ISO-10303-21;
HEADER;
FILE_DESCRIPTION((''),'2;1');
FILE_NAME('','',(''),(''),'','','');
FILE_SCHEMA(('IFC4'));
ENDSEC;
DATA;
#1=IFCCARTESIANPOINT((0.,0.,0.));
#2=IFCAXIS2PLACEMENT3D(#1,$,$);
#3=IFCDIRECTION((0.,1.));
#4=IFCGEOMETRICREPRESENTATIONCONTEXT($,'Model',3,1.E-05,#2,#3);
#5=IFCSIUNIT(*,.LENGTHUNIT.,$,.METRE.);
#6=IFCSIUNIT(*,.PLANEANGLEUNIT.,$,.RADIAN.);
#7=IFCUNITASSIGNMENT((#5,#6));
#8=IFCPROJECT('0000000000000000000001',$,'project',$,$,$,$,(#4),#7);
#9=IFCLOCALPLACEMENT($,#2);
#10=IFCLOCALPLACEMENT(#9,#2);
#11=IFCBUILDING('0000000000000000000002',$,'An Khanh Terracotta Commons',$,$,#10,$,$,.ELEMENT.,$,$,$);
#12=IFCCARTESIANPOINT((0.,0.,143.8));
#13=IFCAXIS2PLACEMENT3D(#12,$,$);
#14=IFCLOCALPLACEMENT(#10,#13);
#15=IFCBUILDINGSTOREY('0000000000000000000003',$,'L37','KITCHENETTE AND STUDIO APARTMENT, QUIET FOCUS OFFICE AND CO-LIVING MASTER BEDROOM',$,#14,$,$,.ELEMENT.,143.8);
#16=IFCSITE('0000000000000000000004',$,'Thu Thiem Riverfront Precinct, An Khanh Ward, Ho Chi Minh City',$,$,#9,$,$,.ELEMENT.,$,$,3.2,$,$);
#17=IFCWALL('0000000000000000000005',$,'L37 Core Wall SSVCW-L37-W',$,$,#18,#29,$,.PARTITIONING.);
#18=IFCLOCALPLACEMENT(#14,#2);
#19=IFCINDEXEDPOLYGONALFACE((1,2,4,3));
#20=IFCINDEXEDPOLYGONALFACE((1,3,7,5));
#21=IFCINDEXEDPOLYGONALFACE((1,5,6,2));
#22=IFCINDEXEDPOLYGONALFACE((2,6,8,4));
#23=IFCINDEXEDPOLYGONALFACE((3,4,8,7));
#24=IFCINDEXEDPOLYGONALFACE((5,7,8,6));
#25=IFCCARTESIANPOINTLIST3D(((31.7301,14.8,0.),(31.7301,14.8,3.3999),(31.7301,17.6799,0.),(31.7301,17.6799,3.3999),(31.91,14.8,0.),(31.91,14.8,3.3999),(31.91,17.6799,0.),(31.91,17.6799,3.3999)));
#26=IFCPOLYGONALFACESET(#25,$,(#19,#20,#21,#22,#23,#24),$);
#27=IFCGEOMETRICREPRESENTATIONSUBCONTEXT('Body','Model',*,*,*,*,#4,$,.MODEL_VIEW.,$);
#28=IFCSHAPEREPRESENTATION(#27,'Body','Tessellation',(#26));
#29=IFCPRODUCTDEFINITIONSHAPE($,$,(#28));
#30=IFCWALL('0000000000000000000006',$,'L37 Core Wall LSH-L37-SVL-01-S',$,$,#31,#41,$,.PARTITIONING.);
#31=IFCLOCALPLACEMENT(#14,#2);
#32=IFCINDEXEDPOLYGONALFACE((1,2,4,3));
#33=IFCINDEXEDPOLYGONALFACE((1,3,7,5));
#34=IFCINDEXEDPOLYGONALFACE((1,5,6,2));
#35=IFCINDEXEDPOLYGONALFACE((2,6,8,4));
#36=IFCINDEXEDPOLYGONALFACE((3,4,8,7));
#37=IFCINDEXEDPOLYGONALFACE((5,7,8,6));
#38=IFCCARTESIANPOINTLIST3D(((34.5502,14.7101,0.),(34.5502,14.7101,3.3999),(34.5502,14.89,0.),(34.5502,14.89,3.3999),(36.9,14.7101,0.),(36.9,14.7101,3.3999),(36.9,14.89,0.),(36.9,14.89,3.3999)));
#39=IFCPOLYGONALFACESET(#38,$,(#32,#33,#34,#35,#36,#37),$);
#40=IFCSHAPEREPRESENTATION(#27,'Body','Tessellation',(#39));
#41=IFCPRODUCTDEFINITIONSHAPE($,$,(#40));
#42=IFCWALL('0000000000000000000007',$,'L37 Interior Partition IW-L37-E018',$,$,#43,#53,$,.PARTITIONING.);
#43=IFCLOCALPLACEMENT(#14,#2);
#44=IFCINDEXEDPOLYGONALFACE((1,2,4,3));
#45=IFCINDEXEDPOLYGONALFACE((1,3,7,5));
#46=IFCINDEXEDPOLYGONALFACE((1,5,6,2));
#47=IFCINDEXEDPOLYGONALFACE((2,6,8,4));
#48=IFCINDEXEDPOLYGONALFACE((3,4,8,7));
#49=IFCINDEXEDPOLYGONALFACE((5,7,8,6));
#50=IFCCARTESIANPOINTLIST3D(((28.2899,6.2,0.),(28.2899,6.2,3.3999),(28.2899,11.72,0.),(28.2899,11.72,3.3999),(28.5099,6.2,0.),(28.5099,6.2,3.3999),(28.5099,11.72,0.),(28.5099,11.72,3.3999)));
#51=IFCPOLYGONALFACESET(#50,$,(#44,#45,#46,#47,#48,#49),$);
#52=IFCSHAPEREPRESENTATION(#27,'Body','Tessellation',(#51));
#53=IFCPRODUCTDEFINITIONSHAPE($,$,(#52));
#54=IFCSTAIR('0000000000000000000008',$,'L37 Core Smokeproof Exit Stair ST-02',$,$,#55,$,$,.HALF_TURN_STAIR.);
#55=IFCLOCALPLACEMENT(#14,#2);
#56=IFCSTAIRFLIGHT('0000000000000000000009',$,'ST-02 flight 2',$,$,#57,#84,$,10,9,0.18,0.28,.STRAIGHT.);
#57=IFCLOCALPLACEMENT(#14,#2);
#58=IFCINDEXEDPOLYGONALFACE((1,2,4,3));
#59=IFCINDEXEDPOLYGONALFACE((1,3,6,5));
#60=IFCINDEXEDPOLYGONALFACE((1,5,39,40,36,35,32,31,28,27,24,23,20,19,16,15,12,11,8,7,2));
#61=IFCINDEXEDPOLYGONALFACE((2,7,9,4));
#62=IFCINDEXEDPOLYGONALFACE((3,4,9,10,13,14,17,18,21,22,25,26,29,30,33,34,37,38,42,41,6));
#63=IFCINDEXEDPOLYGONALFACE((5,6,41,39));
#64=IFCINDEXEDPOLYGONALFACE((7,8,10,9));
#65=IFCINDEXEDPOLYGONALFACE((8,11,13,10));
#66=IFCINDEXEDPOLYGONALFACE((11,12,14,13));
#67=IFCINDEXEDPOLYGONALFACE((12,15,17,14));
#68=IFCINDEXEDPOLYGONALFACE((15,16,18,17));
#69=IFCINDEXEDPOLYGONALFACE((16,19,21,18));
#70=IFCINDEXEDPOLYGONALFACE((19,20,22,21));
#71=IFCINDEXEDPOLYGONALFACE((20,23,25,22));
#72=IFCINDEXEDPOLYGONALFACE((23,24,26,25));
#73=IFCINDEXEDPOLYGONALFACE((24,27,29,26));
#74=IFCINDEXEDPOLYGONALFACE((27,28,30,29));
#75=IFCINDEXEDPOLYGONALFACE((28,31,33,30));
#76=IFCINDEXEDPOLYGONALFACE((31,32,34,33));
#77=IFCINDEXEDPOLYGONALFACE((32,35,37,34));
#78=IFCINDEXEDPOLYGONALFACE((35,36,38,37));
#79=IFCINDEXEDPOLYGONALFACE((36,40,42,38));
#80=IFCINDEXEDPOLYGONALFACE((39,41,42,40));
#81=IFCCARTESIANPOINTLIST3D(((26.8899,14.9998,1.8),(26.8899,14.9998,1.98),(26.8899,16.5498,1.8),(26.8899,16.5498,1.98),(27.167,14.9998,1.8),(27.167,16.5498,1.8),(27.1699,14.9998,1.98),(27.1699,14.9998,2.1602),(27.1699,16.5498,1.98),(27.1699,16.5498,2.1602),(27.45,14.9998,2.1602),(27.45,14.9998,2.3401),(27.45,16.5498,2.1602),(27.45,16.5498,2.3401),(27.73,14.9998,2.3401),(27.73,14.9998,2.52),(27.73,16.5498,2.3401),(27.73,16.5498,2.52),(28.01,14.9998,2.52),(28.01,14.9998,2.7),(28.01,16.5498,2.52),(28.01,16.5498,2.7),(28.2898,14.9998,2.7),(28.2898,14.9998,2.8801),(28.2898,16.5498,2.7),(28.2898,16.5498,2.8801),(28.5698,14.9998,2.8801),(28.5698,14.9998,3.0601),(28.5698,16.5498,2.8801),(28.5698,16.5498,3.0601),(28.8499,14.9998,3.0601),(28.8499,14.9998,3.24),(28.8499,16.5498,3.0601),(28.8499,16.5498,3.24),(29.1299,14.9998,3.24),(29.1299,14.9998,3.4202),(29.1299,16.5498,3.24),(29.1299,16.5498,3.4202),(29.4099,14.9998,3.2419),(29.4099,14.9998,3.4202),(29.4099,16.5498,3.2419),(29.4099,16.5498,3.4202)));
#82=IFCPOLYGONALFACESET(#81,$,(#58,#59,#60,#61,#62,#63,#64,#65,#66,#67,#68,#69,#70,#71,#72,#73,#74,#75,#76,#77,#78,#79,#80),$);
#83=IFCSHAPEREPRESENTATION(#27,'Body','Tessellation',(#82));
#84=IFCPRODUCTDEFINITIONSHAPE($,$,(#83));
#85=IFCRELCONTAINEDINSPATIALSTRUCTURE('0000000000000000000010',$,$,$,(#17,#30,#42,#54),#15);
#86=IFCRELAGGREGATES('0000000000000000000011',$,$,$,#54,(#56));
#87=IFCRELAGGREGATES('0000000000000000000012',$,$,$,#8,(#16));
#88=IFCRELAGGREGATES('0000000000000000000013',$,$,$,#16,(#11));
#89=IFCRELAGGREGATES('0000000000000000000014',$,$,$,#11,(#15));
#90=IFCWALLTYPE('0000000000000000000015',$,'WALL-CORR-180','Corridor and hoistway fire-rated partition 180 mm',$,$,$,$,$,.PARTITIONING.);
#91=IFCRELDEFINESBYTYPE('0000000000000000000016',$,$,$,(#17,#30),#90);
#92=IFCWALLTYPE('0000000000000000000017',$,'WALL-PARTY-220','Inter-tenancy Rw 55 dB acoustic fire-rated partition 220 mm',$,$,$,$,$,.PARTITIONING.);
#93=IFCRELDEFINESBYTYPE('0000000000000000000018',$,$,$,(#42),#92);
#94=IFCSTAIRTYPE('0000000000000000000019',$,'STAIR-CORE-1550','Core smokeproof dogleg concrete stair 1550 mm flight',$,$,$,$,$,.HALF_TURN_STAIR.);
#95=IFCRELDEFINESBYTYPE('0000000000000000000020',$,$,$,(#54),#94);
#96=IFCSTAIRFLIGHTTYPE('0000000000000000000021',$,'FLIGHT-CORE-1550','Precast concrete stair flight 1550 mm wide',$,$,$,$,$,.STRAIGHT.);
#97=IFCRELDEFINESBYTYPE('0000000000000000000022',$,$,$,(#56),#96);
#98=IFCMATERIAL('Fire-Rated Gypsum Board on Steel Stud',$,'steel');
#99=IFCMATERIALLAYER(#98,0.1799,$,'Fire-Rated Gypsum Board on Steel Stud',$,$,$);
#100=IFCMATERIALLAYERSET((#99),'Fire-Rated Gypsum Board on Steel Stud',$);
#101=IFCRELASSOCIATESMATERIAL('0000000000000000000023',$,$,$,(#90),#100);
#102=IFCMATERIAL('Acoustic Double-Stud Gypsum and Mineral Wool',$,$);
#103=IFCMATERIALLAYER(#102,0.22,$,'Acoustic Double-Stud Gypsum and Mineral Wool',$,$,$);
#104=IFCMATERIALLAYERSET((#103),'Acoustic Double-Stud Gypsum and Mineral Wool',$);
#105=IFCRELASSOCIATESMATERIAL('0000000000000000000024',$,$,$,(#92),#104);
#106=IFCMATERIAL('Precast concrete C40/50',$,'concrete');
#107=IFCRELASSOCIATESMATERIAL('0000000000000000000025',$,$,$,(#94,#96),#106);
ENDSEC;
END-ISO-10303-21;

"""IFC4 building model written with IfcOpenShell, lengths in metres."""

from ifc_helpers import new_model, si_unit, direction, frame, frame_2d, origin, place, context, subcontext, project, spatial, polyline, rectangle, outline, extrude, material, layer, layer_set, type_object, element, aggregate, save


model = new_model("IFC4")

# Units and contexts
model_context = context("Model", 3, precision=1e-05, world=origin(), true_north=direction((0.0, 1.0)))
body_context = subcontext(model_context, "Body", "Model", "MODEL_VIEW")
ifc_project = project(units=[si_unit("LENGTHUNIT", "METRE"), si_unit("PLANEANGLEUNIT", "RADIAN")], contexts=[model_context])

# Site, building, storey
site_placement = place(None, origin())
site = spatial("IfcSite", under=ifc_project, at=site_placement, Name="Thu Thiem Riverfront Precinct, An Khanh Ward, Ho Chi Minh City", CompositionType="ELEMENT", RefElevation=3.2)
building_placement = place(site_placement, origin())
building = spatial("IfcBuilding", under=site, at=building_placement, Name="An Khanh Terracotta Commons", CompositionType="ELEMENT")
storey_placement = place(building_placement, frame((0.0, 0.0, 143.8)))
storey = spatial("IfcBuildingStorey", under=building, at=storey_placement, Name="L37", Description="KITCHENETTE AND STUDIO APARTMENT, QUIET FOCUS OFFICE AND CO-LIVING MASTER BEDROOM", CompositionType="ELEMENT", Elevation=143.8)

# Walls
ifc_material_1 = material(Name="Fire-Rated Gypsum Board on Steel Stud", Category="steel")
ifc_layer_1 = layer(ifc_material_1, 0.1799, Name="Fire-Rated Gypsum Board on Steel Stud")
ifc_layer_set_1 = layer_set([ifc_layer_1], Name="Fire-Rated Gypsum Board on Steel Stud")
wall_type_1 = type_object("IfcWallType", Name="WALL-CORR-180", Description="Corridor and hoistway fire-rated partition 180 mm", PredefinedType="PARTITIONING", material=ifc_layer_set_1)
wall_1_placement = place(storey_placement, frame((31.8201, 14.8, 0.0), z_axis=(0.0, 0.0, 1.0), x_axis=(0.0, 1.0, 0.0)))
element("IfcWall", 1, at=wall_1_placement, inside=storey, type_object=wall_type_1, Name="L37 Core Wall SSVCW-L37-W", PredefinedType="PARTITIONING", context=body_context, shape_type="SweptSolid", body=[
    extrude(rectangle(XDim=2.8799, YDim=0.1799, at=frame_2d((1.4399, 0.0))), origin(), (0.0, 0.0, 1.0), 3.3999),
])
wall_2_placement = place(storey_placement, frame((36.8999, 14.8, 0.0), z_axis=(0.0, 0.0, 1.0), x_axis=(-1.0, 0.0, 0.0)))
element("IfcWall", 2, at=wall_2_placement, inside=storey, type_object=wall_type_1, Name="L37 Core Wall LSH-L37-SVL-01-S", PredefinedType="PARTITIONING", context=body_context, shape_type="SweptSolid", body=[
    extrude(rectangle(XDim=2.3499, YDim=0.1799, at=frame_2d((1.1748, 0.0))), origin(), (0.0, 0.0, 1.0), 3.3999),
])
ifc_material_2 = material(Name="Acoustic Double-Stud Gypsum and Mineral Wool")
ifc_layer_2 = layer(ifc_material_2, 0.22, Name="Acoustic Double-Stud Gypsum and Mineral Wool")
ifc_layer_set_2 = layer_set([ifc_layer_2], Name="Acoustic Double-Stud Gypsum and Mineral Wool")
wall_type_2 = type_object("IfcWallType", Name="WALL-PARTY-220", Description="Inter-tenancy Rw 55 dB acoustic fire-rated partition 220 mm", PredefinedType="PARTITIONING", material=ifc_layer_set_2)
wall_3_placement = place(storey_placement, frame((28.3999, 6.2, 0.0), z_axis=(0.0, 0.0, 1.0), x_axis=(0.0, 1.0, 0.0)))
element("IfcWall", 3, at=wall_3_placement, inside=storey, type_object=wall_type_2, Name="L37 Interior Partition IW-L37-E018", PredefinedType="PARTITIONING", context=body_context, shape_type="SweptSolid", body=[
    extrude(rectangle(XDim=5.52, YDim=0.22, at=frame_2d((2.76, 0.0))), origin(), (0.0, 0.0, 1.0), 3.3999),
])

# Stair, stair flight
ifc_material_3 = material(Name="Precast concrete C40/50", Category="concrete")
stair_type = type_object("IfcStairType", Name="STAIR-CORE-1550", Description="Core smokeproof dogleg concrete stair 1550 mm flight", PredefinedType="HALF_TURN_STAIR", material=ifc_material_3)
stair_placement = place(storey_placement, origin())
stair = element("IfcStair", 4, at=stair_placement, inside=storey, type_object=stair_type, Name="L37 Core Smokeproof Exit Stair ST-02", PredefinedType="HALF_TURN_STAIR")
stair_flight_type = type_object("IfcStairFlightType", Name="FLIGHT-CORE-1550", Description="Precast concrete stair flight 1550 mm wide", PredefinedType="STRAIGHT", material=ifc_material_3)
stair_flight_placement = place(storey_placement, frame((26.8899, 15.7749, 1.8), z_axis=(0.0, 0.0, 1.0), x_axis=(1.0, 0.0, 0.0)))
stair_flight = element("IfcStairFlight", 5, at=stair_flight_placement, type_object=stair_flight_type, Name="ST-02 flight 2", NumberOfRisers=10, NumberOfTreads=9, PredefinedType="STRAIGHT", RiserHeight=0.18, TreadLength=0.28, context=body_context, shape_type="SweptSolid", body=[
    extrude(outline(polyline([(0.0, 0.0), (0.0, 0.1799), (0.28, 0.1799), (0.28, 0.3601), (0.5601, 0.3601), (0.5601, 0.54), (0.8401, 0.54), (0.8401, 0.72), (1.1201, 0.72), (1.1201, 0.8999), (1.3999, 0.8999), (1.3999, 1.0801), (1.6799, 1.0801), (1.6799, 1.26), (1.96, 1.26), (1.96, 1.4399), (2.24, 1.4399), (2.24, 1.6201), (2.52, 1.6201), (2.52, 1.8), (2.52, 1.4419), (0.2771, 0.0), (0.0, 0.0)])), frame((0.0, 0.7749, 0.0), z_axis=(0.0, -1.0, 0.0), x_axis=(1.0, 0.0, 0.0)), (0.0, 0.0, 1.0), 1.55),
])
aggregate(stair, [stair_flight])

save(model, "model.ifc")
